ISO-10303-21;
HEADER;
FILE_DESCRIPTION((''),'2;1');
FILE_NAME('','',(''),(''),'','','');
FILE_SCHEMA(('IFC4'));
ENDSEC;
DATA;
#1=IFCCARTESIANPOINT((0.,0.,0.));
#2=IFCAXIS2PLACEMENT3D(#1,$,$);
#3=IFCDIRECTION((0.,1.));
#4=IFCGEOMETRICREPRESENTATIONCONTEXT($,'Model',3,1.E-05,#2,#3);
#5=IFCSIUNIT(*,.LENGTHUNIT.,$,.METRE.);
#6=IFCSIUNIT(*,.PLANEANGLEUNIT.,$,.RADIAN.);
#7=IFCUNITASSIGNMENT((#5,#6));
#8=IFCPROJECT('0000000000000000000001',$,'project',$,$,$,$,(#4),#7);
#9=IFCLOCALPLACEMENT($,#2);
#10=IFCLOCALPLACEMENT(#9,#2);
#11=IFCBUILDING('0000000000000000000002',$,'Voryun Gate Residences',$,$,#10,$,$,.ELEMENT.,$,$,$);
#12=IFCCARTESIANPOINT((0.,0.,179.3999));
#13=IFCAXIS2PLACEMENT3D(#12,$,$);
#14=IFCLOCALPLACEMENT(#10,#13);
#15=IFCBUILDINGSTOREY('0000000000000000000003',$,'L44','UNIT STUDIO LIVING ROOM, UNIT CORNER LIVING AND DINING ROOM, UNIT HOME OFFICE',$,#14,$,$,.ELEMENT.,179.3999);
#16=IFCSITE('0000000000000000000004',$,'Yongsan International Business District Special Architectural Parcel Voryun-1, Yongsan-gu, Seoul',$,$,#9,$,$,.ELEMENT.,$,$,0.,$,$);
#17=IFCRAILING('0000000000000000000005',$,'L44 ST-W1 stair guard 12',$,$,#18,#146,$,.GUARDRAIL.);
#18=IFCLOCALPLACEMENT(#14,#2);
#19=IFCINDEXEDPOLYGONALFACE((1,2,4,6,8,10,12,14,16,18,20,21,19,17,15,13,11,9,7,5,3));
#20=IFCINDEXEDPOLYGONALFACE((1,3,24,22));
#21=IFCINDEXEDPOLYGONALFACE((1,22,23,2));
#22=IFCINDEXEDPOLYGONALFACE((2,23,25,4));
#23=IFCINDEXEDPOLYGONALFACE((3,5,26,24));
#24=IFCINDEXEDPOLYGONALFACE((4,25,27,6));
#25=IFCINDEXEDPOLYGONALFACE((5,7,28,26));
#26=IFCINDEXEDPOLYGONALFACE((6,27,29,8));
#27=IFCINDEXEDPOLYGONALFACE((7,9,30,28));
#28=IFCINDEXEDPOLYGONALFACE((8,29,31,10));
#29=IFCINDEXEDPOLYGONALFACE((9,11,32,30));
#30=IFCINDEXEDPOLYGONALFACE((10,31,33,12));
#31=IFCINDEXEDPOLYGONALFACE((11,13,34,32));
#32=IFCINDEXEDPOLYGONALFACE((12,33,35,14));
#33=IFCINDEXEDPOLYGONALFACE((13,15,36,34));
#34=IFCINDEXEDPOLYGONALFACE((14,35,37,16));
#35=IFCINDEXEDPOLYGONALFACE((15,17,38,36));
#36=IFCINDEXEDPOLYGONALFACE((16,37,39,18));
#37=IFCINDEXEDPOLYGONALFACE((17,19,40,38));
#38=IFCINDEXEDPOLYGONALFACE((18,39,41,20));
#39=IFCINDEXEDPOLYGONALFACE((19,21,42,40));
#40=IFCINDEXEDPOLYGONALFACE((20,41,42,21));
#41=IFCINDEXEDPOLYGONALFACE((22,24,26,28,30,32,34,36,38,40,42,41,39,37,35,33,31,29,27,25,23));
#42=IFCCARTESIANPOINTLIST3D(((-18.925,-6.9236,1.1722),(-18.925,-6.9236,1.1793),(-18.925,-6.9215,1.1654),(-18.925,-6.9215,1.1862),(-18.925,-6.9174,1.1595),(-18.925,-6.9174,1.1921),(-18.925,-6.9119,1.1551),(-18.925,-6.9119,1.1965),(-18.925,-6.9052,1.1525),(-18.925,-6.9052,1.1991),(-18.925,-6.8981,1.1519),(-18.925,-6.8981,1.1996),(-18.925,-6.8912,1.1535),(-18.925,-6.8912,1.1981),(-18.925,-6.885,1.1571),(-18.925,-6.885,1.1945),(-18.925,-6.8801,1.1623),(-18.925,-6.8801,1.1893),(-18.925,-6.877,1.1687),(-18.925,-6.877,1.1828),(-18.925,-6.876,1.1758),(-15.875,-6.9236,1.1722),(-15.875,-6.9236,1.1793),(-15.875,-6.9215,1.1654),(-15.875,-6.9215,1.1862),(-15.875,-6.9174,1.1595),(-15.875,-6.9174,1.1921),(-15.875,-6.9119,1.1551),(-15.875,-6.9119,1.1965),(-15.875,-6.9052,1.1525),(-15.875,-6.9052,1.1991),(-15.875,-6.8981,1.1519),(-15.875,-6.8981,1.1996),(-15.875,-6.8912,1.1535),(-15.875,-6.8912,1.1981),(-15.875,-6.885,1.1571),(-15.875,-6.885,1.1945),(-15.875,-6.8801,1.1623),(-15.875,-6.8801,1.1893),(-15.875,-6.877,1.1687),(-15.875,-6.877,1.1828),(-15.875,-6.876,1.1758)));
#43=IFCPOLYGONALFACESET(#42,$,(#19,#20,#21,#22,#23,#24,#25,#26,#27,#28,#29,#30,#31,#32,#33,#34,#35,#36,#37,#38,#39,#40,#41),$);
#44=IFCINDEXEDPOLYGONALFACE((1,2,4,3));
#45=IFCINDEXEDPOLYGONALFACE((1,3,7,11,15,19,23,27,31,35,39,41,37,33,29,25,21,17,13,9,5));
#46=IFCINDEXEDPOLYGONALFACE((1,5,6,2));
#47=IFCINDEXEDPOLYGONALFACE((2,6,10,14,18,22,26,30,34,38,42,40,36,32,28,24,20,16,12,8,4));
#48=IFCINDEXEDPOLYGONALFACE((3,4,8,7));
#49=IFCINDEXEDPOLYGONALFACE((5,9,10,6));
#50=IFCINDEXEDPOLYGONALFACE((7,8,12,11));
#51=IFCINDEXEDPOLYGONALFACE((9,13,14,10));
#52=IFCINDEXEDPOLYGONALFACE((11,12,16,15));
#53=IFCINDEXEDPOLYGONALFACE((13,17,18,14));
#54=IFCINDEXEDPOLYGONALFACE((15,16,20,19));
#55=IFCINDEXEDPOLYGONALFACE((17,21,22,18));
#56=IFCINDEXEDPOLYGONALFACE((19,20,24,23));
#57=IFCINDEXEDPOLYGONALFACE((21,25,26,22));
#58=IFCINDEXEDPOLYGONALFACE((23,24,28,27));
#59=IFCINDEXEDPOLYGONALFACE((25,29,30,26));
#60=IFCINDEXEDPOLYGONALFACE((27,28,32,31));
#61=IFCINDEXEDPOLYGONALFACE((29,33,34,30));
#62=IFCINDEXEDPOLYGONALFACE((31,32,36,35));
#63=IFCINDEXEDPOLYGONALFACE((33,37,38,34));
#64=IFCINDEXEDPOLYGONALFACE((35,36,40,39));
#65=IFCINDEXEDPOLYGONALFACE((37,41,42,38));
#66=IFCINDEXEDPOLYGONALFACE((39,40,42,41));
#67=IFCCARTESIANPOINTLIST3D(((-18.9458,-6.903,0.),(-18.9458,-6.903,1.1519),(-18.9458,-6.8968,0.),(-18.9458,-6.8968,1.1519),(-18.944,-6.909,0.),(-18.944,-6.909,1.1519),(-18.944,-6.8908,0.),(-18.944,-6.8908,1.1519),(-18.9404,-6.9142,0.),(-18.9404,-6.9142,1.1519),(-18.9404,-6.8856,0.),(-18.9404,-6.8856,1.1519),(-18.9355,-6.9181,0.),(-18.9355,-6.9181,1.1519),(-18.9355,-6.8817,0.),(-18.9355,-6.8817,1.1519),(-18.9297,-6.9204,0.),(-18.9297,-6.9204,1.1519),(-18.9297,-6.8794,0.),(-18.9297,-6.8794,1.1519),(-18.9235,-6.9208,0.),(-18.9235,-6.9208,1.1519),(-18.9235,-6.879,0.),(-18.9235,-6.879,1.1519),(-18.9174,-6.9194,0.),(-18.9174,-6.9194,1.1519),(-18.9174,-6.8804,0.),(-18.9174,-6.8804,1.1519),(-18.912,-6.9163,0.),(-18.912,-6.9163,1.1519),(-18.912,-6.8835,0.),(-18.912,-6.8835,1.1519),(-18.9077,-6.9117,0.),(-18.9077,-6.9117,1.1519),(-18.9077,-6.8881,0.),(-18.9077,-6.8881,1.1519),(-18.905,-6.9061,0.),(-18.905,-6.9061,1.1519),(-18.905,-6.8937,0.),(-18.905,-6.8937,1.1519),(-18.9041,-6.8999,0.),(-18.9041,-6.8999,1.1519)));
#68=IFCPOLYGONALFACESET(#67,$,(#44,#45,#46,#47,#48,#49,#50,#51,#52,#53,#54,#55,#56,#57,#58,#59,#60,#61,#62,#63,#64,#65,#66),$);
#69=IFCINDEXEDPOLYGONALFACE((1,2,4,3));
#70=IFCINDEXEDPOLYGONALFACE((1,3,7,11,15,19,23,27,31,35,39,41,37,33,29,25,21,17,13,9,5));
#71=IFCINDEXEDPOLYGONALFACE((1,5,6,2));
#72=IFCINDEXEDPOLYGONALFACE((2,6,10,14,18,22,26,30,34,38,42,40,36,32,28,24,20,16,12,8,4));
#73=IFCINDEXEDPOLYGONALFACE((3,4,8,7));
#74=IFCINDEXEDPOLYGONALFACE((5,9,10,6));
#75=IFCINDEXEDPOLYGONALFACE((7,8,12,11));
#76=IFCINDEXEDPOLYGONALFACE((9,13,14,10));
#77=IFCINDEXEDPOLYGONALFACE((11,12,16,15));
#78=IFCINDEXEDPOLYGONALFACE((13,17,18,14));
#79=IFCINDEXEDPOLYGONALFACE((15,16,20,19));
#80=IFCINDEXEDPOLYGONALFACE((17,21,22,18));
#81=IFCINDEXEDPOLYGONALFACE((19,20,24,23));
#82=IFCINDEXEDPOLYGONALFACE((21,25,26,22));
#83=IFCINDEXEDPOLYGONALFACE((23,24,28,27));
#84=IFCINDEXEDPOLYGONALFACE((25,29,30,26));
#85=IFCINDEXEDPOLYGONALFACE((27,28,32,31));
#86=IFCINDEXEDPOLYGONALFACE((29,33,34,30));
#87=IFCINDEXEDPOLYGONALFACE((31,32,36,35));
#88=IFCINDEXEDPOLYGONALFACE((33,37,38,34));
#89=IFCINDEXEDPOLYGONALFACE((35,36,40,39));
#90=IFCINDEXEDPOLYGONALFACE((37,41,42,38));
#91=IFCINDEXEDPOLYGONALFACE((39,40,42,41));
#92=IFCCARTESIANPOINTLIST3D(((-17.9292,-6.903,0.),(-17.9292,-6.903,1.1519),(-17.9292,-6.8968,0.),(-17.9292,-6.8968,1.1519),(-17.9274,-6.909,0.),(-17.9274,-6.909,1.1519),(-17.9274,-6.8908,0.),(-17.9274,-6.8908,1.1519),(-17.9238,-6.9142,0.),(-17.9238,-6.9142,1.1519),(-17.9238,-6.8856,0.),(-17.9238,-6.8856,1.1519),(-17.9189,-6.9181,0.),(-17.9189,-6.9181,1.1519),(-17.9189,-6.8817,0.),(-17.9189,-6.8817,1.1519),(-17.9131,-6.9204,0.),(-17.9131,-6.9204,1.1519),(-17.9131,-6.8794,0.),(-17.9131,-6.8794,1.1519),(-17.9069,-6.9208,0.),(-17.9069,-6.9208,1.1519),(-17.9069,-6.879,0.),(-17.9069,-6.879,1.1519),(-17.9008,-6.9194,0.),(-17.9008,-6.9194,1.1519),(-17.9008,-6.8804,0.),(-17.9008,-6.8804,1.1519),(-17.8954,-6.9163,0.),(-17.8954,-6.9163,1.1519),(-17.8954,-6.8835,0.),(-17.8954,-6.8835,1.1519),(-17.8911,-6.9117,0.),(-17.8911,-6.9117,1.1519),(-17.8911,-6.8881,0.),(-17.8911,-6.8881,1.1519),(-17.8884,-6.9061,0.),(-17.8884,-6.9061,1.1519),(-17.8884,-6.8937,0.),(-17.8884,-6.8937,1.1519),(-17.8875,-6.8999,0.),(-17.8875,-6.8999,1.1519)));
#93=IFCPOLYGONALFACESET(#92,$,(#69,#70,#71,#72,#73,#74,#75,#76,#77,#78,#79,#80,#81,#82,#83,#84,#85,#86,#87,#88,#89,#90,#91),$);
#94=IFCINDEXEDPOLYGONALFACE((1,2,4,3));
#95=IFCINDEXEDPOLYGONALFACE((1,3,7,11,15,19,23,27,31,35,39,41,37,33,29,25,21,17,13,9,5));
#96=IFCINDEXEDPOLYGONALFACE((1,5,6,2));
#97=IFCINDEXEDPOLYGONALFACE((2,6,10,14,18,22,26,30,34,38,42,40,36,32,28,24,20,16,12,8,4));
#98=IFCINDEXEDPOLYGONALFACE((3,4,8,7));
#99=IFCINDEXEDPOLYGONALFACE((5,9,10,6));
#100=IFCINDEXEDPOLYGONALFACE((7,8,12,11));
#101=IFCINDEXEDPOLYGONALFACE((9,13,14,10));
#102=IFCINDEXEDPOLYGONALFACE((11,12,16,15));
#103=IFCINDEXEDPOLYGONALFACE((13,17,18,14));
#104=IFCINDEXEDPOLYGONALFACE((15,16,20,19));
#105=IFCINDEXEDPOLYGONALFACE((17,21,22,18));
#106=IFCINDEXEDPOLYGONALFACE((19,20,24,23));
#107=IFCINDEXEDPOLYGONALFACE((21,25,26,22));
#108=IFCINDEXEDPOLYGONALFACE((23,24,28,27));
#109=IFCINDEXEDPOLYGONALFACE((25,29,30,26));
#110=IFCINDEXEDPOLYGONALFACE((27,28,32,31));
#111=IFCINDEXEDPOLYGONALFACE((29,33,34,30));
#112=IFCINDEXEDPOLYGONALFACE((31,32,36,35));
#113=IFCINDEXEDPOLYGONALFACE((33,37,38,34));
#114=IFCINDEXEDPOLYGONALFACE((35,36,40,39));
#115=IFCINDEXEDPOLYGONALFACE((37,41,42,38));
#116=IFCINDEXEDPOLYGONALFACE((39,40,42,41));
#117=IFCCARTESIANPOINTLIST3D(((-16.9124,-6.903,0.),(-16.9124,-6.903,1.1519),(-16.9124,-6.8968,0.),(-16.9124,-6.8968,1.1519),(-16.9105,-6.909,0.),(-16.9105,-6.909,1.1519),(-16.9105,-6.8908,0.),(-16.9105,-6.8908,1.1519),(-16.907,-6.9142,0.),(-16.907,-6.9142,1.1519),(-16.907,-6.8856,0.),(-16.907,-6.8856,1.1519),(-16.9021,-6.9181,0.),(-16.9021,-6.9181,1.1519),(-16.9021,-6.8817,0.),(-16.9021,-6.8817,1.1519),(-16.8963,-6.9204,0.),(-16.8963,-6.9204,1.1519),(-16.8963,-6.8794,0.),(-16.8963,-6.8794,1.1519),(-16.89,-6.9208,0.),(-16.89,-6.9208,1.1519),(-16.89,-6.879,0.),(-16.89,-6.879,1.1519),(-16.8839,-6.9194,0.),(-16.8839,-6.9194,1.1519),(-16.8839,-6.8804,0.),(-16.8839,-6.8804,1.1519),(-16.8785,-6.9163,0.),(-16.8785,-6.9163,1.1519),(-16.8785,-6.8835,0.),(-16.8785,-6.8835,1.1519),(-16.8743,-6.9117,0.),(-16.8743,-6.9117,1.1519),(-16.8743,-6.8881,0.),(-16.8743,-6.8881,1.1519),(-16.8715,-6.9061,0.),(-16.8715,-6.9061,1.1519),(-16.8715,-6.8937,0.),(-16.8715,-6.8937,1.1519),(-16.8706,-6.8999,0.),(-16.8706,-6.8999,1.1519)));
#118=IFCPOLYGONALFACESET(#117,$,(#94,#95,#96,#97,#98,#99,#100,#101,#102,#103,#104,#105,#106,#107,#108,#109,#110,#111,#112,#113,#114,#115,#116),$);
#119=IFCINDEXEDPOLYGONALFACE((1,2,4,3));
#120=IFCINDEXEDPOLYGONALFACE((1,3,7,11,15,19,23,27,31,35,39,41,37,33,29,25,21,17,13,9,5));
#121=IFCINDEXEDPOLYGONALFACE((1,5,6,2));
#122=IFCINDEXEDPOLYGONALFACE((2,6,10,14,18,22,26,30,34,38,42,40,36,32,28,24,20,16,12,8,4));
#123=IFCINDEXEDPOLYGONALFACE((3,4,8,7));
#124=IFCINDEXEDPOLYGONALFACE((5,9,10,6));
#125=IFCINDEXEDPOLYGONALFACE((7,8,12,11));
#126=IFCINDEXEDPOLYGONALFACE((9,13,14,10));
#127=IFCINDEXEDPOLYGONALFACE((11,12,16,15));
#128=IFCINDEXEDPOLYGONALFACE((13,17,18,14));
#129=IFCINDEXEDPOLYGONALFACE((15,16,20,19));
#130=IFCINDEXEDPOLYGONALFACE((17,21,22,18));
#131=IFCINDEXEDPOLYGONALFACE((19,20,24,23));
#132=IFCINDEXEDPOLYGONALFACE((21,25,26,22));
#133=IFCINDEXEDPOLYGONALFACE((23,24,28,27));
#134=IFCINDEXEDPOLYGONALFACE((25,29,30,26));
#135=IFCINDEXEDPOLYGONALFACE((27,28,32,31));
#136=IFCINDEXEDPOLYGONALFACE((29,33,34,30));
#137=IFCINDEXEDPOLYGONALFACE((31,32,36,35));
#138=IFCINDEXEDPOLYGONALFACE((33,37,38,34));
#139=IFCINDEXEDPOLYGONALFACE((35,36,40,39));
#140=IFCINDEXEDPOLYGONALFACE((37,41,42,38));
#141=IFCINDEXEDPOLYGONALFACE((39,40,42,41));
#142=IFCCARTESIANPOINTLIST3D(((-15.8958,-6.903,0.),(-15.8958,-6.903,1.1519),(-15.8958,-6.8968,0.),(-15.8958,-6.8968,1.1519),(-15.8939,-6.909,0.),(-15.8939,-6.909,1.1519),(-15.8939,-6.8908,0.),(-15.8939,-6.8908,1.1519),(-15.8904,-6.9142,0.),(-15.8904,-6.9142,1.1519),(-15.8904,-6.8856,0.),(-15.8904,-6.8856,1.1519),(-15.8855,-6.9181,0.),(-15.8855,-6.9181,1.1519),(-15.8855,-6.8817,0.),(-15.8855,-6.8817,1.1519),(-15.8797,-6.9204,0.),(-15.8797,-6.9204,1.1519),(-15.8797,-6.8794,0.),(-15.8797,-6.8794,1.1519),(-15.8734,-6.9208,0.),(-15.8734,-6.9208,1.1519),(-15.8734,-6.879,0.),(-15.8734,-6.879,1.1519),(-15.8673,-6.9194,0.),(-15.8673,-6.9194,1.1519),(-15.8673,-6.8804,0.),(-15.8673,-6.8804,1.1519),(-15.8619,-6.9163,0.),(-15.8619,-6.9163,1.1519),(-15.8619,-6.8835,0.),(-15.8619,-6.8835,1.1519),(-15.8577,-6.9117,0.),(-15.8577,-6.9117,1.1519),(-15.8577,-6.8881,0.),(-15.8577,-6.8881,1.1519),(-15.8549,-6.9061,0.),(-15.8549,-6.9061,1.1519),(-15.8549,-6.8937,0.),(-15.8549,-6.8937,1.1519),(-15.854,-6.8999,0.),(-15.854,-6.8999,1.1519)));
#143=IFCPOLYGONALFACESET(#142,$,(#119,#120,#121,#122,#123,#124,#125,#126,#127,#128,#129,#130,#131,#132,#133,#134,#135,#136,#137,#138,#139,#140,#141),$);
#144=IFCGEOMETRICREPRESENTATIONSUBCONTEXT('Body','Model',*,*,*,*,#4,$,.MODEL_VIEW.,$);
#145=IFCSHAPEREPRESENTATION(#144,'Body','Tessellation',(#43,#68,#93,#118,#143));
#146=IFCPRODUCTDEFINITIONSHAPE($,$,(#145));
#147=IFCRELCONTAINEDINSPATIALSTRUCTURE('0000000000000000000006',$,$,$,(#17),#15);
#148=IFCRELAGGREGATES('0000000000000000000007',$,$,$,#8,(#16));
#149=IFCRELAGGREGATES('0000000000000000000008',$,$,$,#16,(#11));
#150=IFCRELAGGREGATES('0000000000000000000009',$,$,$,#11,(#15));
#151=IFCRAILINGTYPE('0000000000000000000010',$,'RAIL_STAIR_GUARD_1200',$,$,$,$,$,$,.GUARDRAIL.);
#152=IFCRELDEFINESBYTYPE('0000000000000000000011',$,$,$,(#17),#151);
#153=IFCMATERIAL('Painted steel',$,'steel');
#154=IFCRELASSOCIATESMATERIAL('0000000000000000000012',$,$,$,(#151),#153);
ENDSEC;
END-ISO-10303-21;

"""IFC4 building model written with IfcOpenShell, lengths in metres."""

from ifc_helpers import new_model, si_unit, direction, frame, origin, origin_2d, place, context, subcontext, project, spatial, circle, extrude, material, type_object, element, save


model = new_model("IFC4")

# Units and contexts
model_context = context("Model", 3, precision=1e-05, world=origin(), true_north=direction((0.0, 1.0)))
body_context = subcontext(model_context, "Body", "Model", "MODEL_VIEW")
ifc_project = project(units=[si_unit("LENGTHUNIT", "METRE"), si_unit("PLANEANGLEUNIT", "RADIAN")], contexts=[model_context])

# Site, building, storey
site_placement = place(None, origin())
site = spatial("IfcSite", under=ifc_project, at=site_placement, Name="Yongsan International Business District Special Architectural Parcel Voryun-1, Yongsan-gu, Seoul", CompositionType="ELEMENT", RefElevation=0.0)
building_placement = place(site_placement, origin())
building = spatial("IfcBuilding", under=site, at=building_placement, Name="Voryun Gate Residences", CompositionType="ELEMENT")
storey_placement = place(building_placement, frame((0.0, 0.0, 179.3999)))
storey = spatial("IfcBuildingStorey", under=building, at=storey_placement, Name="L44", Description="UNIT STUDIO LIVING ROOM, UNIT CORNER LIVING AND DINING ROOM, UNIT HOME OFFICE", CompositionType="ELEMENT", Elevation=179.3999)

# Railing
ifc_material_1 = material(Name="Painted steel", Category="steel")
railing_type_1 = type_object("IfcRailingType", Name="RAIL_STAIR_GUARD_1200", PredefinedType="GUARDRAIL", material=ifc_material_1)
railing_1_placement = place(storey_placement, frame((-18.925, -6.8999, 0.0)))
element("IfcRailing", 1, at=railing_1_placement, inside=storey, type_object=railing_type_1, Name="L44 ST-W1 stair guard 12", PredefinedType="GUARDRAIL", context=body_context, shape_type="SweptSolid", body=[
    extrude(circle(Radius=0.0239, at=origin_2d()), frame((0.0, 0.0, 1.1758), z_axis=(1.0, 0.0, 0.0), x_axis=(0.0, 1.0, 0.0)), (0.0, 0.0, 1.0), 3.05),
    extrude(circle(Radius=0.021, at=origin_2d()), origin(), (0.0, 0.0, 1.0), 1.1519),
    extrude(circle(Radius=0.021, at=origin_2d()), frame((1.0166, 0.0, 0.0)), (0.0, 0.0, 1.0), 1.1519),
    extrude(circle(Radius=0.021, at=origin_2d()), frame((2.0334, 0.0, 0.0)), (0.0, 0.0, 1.0), 1.1519),
    extrude(circle(Radius=0.021, at=origin_2d()), frame((3.05, 0.0, 0.0)), (0.0, 0.0, 1.0), 1.1519),
])

save(model, "model.ifc")
